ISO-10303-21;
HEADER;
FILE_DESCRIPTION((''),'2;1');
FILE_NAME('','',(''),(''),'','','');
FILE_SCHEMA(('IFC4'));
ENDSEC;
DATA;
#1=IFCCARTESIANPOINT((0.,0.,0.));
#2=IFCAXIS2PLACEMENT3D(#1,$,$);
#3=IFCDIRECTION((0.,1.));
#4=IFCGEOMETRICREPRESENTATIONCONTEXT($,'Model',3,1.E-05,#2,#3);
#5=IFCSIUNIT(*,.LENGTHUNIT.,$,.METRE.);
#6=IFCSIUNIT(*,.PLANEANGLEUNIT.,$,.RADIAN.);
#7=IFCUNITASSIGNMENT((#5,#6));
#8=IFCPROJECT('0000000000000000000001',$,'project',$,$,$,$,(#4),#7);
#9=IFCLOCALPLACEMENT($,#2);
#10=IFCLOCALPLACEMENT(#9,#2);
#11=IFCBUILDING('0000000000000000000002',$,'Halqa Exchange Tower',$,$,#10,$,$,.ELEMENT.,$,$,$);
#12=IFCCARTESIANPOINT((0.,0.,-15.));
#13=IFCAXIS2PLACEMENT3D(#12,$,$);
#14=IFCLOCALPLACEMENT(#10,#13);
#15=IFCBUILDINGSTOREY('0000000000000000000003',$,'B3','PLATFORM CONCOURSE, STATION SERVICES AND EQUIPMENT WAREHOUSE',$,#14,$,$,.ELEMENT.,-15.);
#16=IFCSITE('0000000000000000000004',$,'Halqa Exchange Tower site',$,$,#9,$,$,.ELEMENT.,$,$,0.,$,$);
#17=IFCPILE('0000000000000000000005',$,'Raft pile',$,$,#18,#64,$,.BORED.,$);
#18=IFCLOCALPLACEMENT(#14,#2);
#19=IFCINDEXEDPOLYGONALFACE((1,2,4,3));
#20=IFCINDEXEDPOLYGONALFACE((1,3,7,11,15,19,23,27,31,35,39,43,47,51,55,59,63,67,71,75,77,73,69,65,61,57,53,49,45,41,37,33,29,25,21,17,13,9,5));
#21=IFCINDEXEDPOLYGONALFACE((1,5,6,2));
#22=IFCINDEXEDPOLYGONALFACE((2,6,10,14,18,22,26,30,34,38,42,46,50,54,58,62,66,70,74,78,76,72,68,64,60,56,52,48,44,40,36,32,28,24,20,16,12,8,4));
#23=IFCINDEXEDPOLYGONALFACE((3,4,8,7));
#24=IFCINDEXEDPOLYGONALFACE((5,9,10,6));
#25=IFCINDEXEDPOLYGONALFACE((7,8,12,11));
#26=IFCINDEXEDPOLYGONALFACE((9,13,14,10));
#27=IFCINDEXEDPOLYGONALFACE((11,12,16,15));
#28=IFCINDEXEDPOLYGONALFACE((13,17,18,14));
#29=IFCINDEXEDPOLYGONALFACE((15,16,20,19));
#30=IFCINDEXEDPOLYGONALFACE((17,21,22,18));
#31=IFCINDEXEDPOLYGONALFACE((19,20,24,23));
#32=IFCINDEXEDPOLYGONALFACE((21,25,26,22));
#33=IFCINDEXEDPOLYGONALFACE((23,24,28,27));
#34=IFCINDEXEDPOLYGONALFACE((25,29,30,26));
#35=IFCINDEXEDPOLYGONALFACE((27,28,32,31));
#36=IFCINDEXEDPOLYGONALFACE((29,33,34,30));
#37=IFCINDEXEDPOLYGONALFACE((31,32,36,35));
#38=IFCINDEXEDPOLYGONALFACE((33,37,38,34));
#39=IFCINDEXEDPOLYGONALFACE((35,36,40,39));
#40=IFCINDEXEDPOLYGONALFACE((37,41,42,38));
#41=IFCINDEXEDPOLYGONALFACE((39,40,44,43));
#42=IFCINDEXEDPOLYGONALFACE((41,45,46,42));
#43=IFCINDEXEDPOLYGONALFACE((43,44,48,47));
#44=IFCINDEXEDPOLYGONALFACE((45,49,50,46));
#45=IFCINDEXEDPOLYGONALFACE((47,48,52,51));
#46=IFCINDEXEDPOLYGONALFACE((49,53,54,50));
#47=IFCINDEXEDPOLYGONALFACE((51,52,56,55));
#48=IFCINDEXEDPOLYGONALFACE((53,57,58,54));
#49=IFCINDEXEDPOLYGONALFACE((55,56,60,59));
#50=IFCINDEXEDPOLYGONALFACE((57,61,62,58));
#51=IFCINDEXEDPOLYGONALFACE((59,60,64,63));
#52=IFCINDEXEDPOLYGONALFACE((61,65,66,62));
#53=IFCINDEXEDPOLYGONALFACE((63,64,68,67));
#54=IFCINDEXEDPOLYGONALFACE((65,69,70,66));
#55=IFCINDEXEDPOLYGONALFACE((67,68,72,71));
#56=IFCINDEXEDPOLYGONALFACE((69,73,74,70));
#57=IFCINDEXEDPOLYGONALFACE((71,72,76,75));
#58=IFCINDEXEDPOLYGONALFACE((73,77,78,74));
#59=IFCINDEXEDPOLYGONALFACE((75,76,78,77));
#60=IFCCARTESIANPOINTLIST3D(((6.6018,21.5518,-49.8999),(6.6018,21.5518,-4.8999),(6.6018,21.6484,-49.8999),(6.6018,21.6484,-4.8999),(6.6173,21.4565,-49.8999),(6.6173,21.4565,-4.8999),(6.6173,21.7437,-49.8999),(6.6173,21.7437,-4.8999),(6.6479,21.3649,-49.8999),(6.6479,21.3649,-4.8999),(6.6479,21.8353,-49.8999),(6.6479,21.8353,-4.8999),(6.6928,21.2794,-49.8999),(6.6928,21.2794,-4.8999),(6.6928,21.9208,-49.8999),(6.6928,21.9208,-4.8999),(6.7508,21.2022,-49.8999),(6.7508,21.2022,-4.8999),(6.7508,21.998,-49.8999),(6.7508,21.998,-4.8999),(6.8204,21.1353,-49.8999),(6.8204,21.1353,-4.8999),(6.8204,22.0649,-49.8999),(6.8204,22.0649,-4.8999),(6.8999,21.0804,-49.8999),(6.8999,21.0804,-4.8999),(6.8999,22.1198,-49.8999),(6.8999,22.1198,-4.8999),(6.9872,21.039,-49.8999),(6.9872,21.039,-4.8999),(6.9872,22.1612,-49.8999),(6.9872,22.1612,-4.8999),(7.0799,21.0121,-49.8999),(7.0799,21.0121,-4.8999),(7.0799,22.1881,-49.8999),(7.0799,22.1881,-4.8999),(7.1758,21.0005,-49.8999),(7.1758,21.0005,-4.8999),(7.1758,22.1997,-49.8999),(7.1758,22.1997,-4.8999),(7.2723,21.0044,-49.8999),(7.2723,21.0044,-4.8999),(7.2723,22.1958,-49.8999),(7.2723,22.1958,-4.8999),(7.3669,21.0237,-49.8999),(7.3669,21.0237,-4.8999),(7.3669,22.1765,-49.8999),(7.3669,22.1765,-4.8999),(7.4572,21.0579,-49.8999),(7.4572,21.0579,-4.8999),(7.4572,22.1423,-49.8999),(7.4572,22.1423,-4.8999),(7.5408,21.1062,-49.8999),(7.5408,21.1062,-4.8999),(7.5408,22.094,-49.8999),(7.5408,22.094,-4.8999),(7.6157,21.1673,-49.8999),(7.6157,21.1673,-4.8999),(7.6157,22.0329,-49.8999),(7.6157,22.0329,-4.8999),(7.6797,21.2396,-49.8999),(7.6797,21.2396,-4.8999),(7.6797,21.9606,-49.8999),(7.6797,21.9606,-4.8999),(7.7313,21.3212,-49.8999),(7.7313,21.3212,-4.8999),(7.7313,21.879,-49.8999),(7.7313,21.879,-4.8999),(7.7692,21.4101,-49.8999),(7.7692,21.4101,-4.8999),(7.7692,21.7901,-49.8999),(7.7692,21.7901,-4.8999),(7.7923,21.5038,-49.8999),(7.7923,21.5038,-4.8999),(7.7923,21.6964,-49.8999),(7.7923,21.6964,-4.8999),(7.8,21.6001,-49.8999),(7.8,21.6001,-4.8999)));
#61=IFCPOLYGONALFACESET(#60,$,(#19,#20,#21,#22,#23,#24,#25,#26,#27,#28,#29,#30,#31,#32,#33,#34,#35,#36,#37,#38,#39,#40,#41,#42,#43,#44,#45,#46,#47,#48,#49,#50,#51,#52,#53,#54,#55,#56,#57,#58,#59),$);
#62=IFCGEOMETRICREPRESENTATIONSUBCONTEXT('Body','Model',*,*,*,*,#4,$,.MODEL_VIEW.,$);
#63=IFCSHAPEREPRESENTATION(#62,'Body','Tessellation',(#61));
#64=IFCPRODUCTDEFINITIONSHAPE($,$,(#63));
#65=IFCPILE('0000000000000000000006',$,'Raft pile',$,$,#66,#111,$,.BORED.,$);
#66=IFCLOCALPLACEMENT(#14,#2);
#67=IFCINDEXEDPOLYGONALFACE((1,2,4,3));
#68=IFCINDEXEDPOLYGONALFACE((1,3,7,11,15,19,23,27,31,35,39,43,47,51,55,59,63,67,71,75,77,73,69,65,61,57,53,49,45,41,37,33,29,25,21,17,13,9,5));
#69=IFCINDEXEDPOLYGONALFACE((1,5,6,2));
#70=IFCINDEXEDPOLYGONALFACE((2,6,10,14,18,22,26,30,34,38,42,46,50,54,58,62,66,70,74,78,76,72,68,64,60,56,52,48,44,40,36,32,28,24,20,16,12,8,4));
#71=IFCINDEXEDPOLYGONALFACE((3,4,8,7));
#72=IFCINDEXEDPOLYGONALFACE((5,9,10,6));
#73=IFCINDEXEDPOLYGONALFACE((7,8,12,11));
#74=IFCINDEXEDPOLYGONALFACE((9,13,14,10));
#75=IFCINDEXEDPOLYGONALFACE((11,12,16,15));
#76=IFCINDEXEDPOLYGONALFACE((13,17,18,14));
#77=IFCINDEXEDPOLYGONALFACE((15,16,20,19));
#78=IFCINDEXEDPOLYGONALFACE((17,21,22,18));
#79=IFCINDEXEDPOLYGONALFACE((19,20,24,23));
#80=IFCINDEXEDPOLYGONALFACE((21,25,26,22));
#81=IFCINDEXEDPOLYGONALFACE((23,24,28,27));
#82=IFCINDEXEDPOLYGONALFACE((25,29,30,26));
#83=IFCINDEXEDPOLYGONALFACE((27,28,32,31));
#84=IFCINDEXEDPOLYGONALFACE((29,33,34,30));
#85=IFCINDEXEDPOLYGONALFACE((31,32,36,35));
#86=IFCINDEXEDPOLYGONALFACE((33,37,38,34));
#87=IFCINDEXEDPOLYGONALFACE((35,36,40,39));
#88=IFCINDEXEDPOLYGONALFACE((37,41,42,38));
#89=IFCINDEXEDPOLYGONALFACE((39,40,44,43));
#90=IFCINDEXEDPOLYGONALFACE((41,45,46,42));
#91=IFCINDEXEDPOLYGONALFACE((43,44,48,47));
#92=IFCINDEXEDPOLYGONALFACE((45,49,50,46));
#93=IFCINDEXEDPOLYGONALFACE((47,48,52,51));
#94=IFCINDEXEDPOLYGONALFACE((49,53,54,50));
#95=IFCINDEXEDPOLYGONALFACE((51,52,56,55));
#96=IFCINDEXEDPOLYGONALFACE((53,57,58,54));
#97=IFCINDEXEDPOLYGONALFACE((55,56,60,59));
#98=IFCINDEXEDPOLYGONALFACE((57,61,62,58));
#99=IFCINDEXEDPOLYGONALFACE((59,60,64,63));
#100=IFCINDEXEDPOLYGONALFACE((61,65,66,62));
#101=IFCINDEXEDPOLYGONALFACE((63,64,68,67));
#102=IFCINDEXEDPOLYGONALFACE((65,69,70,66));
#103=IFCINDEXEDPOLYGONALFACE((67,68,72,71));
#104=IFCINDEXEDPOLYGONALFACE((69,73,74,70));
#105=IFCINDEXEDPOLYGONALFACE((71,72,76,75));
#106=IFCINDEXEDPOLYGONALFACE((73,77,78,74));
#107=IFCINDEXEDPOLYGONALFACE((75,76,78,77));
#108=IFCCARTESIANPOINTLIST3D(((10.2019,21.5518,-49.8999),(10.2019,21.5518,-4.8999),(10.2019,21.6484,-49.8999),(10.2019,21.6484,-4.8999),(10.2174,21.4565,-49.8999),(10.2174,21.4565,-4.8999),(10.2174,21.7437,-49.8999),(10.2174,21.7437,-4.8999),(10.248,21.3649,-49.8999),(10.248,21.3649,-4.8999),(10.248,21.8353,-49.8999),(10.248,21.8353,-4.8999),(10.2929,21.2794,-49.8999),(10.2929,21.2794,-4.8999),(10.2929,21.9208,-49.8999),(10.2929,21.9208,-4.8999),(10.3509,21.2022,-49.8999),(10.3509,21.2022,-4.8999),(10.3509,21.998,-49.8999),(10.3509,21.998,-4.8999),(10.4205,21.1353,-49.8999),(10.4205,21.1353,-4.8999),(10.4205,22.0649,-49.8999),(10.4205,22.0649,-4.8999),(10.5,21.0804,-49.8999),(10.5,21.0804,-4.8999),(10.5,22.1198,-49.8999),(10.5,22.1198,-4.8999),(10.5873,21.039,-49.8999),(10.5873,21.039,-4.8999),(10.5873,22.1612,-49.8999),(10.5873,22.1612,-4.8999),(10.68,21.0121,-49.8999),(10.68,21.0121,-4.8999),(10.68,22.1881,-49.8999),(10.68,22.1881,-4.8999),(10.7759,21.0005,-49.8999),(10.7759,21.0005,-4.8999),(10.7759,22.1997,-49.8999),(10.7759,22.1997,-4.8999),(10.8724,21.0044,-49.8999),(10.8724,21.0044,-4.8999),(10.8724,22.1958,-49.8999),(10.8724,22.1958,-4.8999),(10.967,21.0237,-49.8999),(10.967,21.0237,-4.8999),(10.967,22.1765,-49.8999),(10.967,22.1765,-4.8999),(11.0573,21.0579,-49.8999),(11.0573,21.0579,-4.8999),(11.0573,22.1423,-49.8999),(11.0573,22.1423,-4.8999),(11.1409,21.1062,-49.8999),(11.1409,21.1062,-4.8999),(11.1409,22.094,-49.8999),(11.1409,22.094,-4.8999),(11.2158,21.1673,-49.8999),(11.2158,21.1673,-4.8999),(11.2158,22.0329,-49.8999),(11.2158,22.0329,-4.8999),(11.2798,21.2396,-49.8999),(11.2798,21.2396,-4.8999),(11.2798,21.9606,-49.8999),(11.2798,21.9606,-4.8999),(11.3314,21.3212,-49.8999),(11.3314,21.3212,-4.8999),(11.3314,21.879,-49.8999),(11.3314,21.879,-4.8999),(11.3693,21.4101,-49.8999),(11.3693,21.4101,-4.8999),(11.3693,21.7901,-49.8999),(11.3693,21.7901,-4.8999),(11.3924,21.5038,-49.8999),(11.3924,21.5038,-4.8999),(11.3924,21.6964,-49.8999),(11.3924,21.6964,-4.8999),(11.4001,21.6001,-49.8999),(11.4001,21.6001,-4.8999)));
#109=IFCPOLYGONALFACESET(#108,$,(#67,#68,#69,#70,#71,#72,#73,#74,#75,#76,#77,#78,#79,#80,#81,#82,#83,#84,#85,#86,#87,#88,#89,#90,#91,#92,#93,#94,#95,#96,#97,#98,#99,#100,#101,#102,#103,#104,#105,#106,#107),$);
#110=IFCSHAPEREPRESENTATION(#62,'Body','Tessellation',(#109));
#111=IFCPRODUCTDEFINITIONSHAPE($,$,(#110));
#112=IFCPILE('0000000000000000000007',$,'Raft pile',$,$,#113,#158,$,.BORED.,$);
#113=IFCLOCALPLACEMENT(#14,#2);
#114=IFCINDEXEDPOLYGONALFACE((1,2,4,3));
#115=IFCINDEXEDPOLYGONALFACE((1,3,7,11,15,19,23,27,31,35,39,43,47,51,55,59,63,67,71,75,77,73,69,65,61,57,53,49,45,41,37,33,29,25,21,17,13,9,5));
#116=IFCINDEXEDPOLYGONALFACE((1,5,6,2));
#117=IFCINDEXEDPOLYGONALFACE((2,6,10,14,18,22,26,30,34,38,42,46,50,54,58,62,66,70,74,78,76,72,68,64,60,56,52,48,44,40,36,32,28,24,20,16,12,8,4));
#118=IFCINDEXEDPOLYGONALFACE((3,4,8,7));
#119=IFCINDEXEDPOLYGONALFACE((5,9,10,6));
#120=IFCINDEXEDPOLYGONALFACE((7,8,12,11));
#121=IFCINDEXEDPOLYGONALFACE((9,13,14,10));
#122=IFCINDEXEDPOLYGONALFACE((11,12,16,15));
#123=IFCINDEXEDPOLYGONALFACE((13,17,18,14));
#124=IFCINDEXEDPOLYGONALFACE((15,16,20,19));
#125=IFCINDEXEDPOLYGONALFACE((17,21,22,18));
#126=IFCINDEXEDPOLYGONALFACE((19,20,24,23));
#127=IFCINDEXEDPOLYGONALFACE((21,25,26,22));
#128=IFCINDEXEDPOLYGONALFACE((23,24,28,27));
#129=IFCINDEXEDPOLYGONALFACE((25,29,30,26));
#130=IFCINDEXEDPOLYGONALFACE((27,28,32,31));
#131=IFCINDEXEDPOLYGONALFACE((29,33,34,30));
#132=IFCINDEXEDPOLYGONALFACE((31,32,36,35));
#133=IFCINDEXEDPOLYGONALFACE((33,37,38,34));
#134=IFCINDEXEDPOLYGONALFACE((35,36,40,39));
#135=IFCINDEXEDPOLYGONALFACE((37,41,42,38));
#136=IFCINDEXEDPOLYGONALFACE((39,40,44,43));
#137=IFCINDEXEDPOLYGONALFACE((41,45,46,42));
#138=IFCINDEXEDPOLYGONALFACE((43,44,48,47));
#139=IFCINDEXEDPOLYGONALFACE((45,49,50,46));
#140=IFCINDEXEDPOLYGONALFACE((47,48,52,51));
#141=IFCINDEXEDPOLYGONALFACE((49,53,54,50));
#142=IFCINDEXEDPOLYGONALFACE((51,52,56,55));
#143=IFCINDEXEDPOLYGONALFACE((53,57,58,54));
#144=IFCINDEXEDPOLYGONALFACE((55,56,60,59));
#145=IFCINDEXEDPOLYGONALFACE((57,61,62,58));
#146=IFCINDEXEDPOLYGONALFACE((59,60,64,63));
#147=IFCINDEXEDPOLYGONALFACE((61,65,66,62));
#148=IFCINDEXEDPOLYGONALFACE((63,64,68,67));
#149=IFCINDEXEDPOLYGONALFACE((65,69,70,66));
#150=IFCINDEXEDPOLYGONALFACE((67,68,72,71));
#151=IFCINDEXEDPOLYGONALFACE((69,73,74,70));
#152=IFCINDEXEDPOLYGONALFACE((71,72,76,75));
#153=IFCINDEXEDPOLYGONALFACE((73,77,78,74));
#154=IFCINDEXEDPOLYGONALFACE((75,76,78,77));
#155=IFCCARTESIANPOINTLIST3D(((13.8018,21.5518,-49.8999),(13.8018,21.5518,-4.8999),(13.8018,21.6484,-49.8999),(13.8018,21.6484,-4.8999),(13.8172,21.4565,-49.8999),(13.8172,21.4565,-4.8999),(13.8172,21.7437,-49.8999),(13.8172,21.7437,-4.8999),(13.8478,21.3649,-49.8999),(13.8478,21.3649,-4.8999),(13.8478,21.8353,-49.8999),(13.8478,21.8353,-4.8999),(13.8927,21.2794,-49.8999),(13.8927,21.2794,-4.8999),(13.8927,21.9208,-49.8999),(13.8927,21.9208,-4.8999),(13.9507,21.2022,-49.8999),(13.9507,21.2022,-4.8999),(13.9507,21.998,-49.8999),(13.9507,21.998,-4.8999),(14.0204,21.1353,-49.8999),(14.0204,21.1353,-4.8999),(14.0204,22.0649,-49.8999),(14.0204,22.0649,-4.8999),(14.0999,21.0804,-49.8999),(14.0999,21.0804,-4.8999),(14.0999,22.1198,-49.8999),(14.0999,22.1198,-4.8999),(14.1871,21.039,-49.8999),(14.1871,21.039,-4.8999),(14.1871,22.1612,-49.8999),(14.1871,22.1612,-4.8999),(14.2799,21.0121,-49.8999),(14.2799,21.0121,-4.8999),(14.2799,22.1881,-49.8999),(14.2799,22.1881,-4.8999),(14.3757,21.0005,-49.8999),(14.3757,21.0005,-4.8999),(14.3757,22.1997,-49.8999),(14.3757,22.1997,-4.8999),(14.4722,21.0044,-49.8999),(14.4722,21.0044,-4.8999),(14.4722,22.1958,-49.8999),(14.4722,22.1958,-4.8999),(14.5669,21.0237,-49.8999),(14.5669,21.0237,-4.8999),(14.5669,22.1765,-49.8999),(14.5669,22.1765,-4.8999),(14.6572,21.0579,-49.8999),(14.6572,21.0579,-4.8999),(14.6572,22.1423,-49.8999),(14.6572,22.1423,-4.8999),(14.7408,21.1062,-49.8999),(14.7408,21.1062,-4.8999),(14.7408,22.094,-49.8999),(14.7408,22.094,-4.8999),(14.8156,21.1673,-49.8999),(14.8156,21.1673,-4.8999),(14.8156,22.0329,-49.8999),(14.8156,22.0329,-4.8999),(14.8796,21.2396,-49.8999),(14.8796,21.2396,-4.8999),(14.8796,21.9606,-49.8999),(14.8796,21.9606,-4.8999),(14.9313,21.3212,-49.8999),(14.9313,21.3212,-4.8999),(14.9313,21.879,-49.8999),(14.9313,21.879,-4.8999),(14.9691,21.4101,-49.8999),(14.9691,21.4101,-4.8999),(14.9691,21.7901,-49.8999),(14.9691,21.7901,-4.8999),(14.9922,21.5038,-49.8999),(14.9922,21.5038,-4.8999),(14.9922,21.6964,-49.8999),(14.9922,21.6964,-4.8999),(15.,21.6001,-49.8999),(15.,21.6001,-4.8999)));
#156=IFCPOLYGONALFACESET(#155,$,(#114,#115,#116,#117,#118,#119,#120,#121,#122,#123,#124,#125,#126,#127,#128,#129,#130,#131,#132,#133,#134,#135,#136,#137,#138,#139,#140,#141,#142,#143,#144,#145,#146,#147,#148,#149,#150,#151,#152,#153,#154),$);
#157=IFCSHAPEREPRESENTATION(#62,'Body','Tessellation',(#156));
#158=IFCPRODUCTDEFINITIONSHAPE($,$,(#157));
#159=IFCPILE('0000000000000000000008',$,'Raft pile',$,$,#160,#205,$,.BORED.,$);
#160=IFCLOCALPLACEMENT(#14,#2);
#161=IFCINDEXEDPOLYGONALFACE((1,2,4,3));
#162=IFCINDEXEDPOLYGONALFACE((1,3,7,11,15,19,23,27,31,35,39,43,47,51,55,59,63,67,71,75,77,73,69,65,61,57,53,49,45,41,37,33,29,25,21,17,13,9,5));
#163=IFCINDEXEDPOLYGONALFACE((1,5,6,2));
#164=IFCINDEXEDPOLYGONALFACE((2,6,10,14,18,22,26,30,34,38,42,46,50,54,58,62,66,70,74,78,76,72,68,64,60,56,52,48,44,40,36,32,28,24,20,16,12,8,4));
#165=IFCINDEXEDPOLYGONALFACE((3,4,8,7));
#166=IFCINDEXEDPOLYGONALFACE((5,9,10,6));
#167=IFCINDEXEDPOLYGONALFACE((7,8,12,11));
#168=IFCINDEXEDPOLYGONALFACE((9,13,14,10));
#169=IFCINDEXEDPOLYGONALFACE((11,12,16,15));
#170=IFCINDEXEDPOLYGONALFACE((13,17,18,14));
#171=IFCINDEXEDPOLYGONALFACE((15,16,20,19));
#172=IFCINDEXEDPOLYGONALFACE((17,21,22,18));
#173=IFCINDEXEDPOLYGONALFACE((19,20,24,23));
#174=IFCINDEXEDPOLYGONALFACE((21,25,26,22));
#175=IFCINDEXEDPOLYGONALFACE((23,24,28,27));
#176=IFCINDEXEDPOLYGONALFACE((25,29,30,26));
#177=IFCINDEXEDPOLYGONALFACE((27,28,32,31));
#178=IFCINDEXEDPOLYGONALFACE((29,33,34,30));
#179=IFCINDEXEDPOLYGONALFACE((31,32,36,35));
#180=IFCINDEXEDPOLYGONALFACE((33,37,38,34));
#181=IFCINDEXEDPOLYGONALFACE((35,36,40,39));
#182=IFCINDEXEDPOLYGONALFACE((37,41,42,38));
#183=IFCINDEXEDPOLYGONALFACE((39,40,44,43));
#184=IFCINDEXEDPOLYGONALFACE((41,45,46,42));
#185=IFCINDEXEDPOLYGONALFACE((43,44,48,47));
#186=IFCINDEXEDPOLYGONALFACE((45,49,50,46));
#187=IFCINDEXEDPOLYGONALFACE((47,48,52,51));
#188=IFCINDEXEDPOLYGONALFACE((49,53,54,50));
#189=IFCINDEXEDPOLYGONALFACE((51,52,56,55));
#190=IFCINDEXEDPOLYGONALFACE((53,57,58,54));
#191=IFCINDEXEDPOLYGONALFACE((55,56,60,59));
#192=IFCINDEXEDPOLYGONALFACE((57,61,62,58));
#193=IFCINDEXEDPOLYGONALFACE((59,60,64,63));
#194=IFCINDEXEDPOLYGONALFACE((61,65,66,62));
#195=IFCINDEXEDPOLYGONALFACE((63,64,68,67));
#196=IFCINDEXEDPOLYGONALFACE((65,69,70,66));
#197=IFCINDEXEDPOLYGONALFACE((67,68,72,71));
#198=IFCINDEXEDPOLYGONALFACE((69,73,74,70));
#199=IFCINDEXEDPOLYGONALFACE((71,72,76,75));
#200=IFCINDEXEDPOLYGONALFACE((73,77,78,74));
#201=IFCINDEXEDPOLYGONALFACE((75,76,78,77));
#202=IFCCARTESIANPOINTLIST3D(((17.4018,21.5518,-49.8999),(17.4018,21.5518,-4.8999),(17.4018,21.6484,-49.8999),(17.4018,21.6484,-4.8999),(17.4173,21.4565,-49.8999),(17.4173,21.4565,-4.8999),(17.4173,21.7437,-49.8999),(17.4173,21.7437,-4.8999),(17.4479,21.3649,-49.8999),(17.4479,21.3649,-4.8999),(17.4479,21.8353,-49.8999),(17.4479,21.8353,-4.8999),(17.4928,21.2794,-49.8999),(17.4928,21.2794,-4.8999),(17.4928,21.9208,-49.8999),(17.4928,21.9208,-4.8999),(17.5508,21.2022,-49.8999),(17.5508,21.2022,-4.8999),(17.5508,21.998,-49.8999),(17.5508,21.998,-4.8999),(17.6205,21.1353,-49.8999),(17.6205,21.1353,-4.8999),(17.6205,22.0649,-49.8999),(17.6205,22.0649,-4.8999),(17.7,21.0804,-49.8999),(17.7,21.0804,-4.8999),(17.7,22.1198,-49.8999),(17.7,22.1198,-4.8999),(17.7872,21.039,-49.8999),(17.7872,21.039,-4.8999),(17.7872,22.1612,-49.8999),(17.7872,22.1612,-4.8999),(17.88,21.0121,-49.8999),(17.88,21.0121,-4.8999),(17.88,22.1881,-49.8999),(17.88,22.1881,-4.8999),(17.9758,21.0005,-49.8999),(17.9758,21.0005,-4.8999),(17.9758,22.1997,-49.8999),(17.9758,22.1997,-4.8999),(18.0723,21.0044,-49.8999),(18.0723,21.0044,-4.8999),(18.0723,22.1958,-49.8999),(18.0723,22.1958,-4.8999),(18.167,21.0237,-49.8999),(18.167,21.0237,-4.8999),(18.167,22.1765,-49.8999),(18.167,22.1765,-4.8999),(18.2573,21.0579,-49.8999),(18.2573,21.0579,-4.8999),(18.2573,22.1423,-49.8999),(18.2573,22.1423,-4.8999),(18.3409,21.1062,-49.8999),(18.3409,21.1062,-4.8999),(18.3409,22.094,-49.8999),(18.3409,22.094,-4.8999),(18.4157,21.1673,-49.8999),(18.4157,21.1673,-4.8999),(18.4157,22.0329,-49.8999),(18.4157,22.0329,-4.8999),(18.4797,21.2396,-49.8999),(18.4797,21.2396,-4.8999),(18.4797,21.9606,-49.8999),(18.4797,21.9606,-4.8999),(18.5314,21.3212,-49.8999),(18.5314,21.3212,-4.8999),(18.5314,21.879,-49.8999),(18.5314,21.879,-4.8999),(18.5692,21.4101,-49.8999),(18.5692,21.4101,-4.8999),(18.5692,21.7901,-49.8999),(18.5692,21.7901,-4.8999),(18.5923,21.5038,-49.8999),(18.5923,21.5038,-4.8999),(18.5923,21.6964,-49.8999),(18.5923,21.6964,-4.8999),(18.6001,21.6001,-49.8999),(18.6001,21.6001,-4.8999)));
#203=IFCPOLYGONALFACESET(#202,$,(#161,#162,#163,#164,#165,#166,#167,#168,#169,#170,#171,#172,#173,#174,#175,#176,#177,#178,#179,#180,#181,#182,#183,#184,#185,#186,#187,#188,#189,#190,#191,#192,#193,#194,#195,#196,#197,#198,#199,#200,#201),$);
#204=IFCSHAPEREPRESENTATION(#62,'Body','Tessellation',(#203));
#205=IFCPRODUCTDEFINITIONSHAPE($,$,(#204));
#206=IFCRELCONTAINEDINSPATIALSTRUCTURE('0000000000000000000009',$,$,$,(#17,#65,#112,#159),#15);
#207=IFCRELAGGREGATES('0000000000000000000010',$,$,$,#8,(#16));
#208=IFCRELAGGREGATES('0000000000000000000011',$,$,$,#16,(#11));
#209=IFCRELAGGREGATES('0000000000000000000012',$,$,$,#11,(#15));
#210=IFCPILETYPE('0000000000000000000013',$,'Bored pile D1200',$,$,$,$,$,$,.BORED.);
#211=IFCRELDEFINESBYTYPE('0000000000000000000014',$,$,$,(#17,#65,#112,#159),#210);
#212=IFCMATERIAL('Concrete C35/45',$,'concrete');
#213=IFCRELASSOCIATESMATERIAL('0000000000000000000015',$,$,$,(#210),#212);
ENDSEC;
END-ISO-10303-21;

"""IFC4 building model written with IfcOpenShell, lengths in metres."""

from ifc_helpers import new_model, si_unit, direction, frame, origin, origin_2d, place, context, subcontext, project, spatial, circle, extrude, material, material_profile, profile_set, type_object, element, save


model = new_model("IFC4")

# Units and contexts
model_context = context("Model", 3, precision=1e-05, world=origin(), true_north=direction((0.0, 1.0)))
body_context = subcontext(model_context, "Body", "Model", "MODEL_VIEW")
ifc_project = project(units=[si_unit("LENGTHUNIT", "METRE"), si_unit("PLANEANGLEUNIT", "RADIAN")], contexts=[model_context])

# Site, building, storey
site_placement = place(None, origin())
site = spatial("IfcSite", under=ifc_project, at=site_placement, Name="Halqa Exchange Tower site", CompositionType="ELEMENT", RefElevation=0.0)
building_placement = place(site_placement, origin())
building = spatial("IfcBuilding", under=site, at=building_placement, Name="Halqa Exchange Tower", CompositionType="ELEMENT")
storey_placement = place(building_placement, frame((0.0, 0.0, -15.0)))
storey = spatial("IfcBuildingStorey", under=building, at=storey_placement, Name="B3", Description="PLATFORM CONCOURSE, STATION SERVICES AND EQUIPMENT WAREHOUSE", CompositionType="ELEMENT", Elevation=-15.0)

# Piles
ifc_material_1 = material(Name="Concrete C35/45", Category="concrete")
ifc_material_profile_1 = material_profile(ifc_material_1, circle(Radius=0.6001, at=origin_2d()), Name="D1200")
ifc_profile_set_1 = profile_set([ifc_material_profile_1], Name="Concrete C35/45")
pile_type_1 = type_object("IfcPileType", Name="Bored pile D1200", PredefinedType="BORED", material=ifc_profile_set_1)
for number, where, z_axis, x_axis, name in (
    (1, (7.2, 21.6001, -4.8999), (0.0, 0.0, -1.0), (1.0, 0.0, 0.0), "Raft pile"),
    (2, (10.8, 21.6001, -4.8999), (0.0, 0.0, -1.0), (1.0, 0.0, 0.0), "Raft pile"),
    (3, (14.3999, 21.6001, -4.8999), (0.0, 0.0, -1.0), (1.0, 0.0, 0.0), "Raft pile"),
    (4, (18.0, 21.6001, -4.8999), (0.0, 0.0, -1.0), (1.0, 0.0, 0.0), "Raft pile"),
):
    element("IfcPile", number, at=place(storey_placement, frame(where, z_axis=z_axis, x_axis=x_axis)), inside=storey, type_object=pile_type_1, Name=name, PredefinedType="BORED", context=body_context, shape_type="SweptSolid", body=[
        extrude(circle(Radius=0.6001, at=origin_2d()), origin(), (0.0, 0.0, 1.0), 45.0),
    ])

save(model, "model.ifc")
